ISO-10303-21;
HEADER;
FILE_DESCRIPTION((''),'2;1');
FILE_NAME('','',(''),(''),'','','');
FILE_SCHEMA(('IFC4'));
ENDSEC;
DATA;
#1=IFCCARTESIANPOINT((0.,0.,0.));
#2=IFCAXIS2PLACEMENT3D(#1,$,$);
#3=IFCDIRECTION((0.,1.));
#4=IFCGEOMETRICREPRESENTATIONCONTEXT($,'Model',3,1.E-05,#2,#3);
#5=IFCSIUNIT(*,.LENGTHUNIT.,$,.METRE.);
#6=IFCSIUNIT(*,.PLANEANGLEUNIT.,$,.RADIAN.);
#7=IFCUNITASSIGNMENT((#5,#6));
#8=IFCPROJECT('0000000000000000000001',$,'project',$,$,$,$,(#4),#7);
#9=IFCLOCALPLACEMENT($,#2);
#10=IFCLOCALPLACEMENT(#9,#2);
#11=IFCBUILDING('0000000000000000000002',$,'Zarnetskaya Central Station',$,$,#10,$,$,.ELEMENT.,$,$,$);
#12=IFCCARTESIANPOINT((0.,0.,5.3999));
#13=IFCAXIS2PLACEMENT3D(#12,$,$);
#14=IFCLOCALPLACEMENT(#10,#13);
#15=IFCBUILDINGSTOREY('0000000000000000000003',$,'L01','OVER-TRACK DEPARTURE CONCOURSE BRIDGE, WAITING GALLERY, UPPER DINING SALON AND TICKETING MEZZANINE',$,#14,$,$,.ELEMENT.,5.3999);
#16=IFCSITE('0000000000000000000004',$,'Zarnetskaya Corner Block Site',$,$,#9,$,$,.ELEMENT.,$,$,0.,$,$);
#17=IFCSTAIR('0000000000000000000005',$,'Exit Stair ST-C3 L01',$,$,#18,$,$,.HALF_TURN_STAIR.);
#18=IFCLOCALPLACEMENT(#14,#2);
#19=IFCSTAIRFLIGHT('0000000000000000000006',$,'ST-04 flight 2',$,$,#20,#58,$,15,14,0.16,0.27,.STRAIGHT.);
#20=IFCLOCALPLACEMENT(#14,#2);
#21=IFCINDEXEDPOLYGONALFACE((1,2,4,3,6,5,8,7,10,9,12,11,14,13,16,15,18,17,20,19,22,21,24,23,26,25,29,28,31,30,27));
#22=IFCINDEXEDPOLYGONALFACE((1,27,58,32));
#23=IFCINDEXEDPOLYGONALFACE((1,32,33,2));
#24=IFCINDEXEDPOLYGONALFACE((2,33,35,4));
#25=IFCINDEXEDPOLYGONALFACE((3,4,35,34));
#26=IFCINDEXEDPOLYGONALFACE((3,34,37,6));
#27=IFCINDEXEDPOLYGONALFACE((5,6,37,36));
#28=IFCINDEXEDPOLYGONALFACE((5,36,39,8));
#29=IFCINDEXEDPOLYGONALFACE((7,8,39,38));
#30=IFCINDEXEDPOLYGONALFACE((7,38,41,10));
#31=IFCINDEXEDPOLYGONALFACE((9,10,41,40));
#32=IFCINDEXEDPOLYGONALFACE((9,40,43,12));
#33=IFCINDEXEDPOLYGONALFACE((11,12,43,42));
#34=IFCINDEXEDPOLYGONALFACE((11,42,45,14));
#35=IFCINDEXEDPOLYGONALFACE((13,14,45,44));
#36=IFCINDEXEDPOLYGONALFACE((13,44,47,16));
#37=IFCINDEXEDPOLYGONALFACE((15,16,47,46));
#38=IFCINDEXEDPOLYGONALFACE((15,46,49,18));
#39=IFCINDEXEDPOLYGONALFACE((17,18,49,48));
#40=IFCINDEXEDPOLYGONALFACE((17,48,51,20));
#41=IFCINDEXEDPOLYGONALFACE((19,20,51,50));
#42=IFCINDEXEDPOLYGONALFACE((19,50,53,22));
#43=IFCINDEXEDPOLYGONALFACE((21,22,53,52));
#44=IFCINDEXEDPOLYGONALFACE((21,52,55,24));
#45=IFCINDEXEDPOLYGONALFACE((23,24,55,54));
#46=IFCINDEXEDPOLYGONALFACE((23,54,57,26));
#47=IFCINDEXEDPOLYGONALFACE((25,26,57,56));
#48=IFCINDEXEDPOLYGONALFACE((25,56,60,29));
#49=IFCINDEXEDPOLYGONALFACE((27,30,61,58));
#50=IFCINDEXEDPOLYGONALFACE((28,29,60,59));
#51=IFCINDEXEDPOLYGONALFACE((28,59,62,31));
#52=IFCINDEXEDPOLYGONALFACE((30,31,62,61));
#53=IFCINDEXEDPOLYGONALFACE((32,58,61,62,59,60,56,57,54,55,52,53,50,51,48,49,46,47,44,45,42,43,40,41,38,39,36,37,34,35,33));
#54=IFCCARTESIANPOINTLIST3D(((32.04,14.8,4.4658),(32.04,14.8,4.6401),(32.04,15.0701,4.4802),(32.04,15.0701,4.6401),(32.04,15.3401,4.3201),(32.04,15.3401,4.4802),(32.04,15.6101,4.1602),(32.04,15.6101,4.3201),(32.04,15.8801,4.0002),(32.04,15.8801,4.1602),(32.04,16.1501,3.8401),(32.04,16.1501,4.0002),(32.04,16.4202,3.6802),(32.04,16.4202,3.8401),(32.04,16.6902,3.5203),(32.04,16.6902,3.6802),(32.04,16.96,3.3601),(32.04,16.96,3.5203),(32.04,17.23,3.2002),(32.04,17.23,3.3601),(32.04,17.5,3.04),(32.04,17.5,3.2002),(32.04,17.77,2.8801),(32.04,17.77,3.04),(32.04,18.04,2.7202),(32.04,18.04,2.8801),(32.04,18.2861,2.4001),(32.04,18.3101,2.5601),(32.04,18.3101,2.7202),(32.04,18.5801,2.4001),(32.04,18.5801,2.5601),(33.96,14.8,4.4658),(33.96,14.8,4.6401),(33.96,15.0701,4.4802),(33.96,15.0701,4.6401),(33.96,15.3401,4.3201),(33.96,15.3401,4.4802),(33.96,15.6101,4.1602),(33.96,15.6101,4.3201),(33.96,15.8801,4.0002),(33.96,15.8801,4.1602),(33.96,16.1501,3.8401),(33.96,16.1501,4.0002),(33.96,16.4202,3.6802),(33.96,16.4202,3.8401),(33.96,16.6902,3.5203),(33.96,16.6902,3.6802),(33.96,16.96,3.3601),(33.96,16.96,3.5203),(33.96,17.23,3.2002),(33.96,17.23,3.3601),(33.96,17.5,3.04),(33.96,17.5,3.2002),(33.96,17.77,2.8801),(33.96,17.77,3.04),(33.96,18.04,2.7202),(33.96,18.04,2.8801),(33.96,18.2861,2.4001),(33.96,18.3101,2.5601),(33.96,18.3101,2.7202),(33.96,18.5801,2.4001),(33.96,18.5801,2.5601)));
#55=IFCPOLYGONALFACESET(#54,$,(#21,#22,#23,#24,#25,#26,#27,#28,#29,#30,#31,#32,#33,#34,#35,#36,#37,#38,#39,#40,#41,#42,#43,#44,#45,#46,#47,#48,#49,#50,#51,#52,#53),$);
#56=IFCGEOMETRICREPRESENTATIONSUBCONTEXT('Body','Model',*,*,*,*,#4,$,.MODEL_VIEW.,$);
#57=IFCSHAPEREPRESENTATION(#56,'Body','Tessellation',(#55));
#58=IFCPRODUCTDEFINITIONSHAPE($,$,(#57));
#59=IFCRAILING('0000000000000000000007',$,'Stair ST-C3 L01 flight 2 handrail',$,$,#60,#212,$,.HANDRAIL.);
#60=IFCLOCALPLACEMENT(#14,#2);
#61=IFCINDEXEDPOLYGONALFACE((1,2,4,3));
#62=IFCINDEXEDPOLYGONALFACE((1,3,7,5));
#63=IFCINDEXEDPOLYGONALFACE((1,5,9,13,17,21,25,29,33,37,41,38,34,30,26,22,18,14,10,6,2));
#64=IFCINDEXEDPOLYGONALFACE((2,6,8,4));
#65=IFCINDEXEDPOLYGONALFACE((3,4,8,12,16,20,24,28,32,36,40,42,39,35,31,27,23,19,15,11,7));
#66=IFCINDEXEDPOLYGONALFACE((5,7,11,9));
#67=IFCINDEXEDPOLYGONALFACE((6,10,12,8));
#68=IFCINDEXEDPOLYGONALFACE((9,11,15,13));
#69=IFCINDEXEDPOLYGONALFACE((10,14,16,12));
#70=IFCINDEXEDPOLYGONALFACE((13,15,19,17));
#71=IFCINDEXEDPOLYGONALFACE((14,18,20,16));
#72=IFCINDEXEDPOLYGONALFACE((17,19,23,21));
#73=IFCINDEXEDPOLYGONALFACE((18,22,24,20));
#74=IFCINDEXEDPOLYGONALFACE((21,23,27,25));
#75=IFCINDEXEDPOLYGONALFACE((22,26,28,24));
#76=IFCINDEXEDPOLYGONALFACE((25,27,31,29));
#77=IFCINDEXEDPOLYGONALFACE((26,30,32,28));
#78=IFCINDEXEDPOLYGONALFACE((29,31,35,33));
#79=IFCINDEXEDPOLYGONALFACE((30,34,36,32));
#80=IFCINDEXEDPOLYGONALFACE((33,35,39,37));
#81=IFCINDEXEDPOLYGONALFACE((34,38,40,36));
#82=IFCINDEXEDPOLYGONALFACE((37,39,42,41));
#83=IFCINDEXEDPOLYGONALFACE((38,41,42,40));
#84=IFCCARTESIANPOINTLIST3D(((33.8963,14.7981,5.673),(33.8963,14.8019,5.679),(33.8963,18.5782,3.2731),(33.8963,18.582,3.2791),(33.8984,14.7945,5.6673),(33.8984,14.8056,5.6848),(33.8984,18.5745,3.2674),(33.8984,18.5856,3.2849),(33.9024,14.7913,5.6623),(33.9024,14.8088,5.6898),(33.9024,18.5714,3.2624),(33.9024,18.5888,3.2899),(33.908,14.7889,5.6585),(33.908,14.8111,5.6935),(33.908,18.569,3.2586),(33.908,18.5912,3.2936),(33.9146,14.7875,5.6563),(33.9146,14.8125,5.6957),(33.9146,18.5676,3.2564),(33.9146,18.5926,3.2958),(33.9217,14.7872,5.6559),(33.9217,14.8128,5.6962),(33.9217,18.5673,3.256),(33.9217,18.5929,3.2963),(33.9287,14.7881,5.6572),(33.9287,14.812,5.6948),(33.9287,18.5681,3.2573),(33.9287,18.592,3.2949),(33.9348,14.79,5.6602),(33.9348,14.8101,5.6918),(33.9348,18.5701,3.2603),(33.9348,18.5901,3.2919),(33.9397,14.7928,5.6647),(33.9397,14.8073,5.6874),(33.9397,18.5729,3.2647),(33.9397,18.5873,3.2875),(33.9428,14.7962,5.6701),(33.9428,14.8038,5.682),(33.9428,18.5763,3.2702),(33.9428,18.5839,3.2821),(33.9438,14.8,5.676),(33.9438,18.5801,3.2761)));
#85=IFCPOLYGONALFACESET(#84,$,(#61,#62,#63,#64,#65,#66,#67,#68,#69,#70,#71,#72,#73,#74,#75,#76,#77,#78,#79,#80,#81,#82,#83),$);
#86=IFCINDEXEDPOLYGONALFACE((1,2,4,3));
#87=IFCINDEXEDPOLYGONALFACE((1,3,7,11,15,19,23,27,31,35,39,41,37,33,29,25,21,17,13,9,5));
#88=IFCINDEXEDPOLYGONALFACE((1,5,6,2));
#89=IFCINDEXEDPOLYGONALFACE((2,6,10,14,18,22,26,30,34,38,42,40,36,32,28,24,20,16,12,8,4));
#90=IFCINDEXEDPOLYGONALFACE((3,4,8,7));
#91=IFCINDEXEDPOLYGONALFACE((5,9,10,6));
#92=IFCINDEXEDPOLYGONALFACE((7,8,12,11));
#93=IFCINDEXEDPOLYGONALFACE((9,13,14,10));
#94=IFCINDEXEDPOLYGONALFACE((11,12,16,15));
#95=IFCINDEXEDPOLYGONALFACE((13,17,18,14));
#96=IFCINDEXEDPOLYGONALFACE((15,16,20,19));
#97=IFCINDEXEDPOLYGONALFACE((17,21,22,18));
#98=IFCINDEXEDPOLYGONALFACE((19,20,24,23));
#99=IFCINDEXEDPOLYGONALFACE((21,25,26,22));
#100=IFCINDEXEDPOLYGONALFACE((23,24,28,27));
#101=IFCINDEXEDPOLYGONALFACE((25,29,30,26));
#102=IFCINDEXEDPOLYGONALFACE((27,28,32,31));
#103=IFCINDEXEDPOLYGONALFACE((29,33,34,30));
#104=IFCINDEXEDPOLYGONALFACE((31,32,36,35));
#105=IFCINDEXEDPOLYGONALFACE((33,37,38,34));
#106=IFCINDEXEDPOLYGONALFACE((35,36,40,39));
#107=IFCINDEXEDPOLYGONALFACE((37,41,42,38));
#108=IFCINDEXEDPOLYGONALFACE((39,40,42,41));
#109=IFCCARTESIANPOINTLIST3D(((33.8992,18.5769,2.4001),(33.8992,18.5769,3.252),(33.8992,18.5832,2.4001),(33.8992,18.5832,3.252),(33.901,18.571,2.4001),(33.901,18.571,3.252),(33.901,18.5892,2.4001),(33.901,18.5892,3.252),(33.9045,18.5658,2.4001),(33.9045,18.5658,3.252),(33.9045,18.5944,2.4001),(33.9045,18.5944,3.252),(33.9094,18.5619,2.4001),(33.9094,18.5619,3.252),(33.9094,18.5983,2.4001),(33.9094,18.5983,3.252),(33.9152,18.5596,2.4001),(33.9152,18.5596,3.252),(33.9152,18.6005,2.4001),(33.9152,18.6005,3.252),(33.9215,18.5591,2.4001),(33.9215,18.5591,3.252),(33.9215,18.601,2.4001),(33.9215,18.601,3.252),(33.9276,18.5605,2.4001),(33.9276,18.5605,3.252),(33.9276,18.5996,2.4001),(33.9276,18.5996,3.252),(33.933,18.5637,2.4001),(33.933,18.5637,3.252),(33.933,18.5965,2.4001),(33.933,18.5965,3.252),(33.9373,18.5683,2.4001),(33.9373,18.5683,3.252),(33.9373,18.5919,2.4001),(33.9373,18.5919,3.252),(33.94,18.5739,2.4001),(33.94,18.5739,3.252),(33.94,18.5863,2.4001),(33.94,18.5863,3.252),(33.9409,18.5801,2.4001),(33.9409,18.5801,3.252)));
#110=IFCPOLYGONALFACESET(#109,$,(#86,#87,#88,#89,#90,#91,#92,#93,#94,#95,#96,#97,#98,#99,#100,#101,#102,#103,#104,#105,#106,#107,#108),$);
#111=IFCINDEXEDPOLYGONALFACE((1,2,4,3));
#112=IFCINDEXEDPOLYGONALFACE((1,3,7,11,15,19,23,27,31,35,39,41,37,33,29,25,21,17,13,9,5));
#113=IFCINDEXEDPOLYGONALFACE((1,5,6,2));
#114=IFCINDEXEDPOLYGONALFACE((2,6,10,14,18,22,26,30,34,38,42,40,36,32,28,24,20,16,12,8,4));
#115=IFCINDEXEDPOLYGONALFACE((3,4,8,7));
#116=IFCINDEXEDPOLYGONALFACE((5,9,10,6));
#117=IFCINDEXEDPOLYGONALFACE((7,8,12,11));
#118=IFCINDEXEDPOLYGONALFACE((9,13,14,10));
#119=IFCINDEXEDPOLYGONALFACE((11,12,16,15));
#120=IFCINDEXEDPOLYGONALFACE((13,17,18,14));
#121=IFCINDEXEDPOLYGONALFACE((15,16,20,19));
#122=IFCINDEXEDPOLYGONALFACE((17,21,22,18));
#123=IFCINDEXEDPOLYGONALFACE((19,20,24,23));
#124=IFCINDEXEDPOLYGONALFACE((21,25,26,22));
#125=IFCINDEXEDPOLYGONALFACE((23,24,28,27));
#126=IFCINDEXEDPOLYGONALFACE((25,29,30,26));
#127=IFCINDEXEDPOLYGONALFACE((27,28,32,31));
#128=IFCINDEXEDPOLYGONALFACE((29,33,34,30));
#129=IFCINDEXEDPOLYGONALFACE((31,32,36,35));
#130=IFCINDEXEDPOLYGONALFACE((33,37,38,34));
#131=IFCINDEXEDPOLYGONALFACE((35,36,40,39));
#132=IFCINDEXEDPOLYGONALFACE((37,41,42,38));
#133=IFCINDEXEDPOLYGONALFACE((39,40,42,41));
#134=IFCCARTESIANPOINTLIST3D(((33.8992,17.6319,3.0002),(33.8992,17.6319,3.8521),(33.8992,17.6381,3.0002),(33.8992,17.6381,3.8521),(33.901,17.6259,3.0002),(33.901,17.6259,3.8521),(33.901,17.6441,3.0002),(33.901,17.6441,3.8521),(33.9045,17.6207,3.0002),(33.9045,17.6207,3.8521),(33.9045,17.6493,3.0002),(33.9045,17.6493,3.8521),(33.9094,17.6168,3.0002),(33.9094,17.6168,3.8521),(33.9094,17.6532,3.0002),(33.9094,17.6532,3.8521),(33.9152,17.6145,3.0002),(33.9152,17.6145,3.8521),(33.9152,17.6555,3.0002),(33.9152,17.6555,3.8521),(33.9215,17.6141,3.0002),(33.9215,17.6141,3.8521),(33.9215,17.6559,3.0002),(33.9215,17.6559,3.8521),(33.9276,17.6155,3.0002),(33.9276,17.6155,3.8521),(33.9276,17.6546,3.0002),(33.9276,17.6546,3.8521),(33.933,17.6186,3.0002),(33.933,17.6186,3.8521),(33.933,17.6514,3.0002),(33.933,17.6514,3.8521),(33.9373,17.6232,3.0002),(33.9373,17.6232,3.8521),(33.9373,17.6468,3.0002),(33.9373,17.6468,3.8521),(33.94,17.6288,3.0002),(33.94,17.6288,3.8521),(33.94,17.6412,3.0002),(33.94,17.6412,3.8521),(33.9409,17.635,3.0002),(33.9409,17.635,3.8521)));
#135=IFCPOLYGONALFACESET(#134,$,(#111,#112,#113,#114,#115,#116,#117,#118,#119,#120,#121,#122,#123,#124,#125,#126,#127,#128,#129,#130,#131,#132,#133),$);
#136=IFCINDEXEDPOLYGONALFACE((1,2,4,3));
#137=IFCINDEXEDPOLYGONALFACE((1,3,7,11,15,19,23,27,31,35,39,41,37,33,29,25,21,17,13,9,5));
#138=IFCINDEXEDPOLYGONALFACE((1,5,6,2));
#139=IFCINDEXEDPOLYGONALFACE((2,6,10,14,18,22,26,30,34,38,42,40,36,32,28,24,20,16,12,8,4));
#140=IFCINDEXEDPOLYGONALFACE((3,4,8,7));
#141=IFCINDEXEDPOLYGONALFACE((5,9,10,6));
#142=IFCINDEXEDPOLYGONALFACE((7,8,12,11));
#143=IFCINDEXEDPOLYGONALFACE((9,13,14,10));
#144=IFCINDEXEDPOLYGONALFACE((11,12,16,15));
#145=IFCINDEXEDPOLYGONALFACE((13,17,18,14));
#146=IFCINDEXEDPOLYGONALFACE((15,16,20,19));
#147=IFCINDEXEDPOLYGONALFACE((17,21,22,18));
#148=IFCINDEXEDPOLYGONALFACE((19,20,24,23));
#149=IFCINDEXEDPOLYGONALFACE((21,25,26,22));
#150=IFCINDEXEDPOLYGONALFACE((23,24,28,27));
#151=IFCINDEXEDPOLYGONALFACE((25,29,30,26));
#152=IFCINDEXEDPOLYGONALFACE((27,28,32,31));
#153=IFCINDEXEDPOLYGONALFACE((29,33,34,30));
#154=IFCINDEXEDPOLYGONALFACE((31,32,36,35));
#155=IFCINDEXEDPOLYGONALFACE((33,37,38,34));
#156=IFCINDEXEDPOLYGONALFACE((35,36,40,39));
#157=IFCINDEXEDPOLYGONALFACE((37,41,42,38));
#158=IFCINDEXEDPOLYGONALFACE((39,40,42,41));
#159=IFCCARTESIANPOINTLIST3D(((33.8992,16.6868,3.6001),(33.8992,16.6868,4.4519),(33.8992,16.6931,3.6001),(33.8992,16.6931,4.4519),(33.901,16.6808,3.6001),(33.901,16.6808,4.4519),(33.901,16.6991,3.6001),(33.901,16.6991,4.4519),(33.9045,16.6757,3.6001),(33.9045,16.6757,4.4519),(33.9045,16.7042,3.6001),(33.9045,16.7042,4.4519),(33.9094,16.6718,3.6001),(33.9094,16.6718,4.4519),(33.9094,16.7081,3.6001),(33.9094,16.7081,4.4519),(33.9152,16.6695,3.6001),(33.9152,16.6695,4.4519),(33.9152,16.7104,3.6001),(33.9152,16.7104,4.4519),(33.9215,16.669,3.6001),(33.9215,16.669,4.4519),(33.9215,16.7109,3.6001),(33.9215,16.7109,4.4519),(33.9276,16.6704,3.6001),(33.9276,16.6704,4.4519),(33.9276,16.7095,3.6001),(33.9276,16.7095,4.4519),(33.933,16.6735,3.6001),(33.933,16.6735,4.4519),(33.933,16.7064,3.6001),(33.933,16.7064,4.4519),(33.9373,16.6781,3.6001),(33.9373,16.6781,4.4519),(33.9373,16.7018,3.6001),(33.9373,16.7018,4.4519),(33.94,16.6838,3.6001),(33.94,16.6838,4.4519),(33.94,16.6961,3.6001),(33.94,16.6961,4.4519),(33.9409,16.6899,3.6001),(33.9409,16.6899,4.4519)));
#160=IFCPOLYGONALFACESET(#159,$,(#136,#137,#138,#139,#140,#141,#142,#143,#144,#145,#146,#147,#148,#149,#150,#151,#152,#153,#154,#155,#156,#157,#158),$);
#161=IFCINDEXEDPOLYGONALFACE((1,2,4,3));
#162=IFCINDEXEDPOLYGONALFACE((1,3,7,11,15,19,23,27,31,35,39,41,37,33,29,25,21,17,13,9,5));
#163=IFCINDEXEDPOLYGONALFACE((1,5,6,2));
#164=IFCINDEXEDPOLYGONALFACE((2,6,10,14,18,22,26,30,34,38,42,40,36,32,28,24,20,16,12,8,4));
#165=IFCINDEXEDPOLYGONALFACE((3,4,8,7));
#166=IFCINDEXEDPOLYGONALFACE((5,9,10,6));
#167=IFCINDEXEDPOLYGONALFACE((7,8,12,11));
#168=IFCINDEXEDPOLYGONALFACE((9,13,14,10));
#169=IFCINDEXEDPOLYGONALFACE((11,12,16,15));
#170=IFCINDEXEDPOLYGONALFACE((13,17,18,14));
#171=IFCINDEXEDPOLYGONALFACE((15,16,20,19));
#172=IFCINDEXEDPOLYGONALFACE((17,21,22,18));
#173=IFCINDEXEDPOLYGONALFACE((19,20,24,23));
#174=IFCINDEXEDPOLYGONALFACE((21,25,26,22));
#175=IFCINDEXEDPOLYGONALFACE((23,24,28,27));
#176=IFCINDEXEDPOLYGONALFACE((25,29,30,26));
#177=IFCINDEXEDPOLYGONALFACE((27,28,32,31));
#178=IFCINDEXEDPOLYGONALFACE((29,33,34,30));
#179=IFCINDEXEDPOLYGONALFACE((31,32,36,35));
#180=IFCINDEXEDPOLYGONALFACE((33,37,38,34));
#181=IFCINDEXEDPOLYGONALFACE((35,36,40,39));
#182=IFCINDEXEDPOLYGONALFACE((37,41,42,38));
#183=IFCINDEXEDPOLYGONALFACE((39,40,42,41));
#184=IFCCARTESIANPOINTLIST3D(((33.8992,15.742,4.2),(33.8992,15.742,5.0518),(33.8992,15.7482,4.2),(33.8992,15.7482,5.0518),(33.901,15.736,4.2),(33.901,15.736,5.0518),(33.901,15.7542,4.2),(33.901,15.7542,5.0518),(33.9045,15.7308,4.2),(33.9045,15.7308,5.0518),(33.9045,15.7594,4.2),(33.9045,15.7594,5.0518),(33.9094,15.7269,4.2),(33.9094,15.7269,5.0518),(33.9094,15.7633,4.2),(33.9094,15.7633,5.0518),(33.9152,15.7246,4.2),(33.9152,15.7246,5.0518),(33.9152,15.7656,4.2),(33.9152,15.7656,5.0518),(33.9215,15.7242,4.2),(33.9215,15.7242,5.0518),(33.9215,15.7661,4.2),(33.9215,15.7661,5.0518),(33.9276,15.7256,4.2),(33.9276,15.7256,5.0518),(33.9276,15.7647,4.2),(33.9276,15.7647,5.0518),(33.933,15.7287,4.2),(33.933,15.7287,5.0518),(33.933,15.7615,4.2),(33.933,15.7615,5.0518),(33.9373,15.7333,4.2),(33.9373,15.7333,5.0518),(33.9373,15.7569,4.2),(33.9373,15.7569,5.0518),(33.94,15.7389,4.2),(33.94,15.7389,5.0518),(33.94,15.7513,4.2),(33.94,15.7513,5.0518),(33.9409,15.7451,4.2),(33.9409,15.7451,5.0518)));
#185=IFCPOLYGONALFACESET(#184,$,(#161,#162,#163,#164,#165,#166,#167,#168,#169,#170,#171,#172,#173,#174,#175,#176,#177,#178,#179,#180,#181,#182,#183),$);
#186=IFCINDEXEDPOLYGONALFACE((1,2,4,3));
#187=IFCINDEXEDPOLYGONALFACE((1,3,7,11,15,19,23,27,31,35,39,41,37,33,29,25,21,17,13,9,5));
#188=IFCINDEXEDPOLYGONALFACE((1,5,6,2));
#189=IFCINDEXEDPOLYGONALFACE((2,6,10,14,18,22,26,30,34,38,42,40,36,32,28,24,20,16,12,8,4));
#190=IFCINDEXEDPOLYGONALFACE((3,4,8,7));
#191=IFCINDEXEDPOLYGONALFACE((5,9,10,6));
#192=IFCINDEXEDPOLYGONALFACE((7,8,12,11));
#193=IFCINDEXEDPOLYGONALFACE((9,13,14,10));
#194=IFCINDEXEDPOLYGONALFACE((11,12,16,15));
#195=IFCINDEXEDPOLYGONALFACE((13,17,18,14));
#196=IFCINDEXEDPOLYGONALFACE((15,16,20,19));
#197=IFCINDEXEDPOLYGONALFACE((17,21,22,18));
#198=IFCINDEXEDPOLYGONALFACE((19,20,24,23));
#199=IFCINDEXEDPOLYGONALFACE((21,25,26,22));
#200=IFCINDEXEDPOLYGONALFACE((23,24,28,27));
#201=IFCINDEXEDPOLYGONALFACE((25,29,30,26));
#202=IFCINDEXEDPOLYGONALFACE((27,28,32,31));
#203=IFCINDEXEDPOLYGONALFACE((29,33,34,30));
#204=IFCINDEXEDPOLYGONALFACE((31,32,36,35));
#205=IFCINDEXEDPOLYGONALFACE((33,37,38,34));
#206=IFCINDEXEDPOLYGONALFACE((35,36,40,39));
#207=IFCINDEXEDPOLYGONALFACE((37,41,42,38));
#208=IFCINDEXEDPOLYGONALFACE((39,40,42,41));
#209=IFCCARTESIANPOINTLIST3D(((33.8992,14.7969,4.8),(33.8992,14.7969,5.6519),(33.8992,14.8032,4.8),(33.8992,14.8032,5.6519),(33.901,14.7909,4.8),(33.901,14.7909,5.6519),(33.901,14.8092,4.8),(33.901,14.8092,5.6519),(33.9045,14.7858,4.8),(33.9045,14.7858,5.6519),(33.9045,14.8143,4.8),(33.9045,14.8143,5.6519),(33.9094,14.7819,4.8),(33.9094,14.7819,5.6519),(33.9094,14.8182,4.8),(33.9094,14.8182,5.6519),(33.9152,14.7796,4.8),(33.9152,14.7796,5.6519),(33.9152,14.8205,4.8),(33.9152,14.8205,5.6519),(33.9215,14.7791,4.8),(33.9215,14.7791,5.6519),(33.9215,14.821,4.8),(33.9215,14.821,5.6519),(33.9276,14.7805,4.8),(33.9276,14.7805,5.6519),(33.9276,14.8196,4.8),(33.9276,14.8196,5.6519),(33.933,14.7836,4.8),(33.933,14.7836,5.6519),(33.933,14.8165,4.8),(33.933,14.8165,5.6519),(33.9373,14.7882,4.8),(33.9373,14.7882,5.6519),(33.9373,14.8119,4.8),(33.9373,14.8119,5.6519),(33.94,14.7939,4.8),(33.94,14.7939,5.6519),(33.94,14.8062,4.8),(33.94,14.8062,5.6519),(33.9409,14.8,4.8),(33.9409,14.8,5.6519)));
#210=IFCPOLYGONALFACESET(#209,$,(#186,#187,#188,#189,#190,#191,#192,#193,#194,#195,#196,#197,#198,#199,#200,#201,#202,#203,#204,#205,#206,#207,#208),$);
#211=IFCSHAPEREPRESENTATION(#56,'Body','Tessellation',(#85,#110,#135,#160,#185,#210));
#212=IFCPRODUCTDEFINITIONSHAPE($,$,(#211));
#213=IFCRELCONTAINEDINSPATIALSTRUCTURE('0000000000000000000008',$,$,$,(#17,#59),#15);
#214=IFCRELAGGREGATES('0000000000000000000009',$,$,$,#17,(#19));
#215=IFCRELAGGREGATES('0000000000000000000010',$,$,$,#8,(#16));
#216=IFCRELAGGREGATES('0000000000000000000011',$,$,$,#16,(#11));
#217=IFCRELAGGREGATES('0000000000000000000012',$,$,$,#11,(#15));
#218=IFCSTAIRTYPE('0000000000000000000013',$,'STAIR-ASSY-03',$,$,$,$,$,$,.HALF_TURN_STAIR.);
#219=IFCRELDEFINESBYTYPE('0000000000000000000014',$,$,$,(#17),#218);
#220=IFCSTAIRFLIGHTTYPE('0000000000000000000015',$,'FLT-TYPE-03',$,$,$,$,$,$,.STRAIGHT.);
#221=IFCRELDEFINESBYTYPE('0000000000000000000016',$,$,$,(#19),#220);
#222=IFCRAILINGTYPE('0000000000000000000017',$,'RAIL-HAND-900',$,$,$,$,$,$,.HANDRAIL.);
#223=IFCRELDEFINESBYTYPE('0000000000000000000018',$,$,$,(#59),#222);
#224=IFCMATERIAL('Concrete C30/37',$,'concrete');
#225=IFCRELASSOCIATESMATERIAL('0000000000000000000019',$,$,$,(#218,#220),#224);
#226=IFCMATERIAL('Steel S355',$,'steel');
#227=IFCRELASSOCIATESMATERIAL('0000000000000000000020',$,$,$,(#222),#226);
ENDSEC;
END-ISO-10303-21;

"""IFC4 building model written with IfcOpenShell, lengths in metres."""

from ifc_helpers import new_model, si_unit, direction, frame, origin, origin_2d, place, context, subcontext, project, spatial, polyline, circle, outline, extrude, material, type_object, element, aggregate, save


model = new_model("IFC4")

# Units and contexts
model_context = context("Model", 3, precision=1e-05, world=origin(), true_north=direction((0.0, 1.0)))
body_context = subcontext(model_context, "Body", "Model", "MODEL_VIEW")
ifc_project = project(units=[si_unit("LENGTHUNIT", "METRE"), si_unit("PLANEANGLEUNIT", "RADIAN")], contexts=[model_context])

# Site, building, storey
site_placement = place(None, origin())
site = spatial("IfcSite", under=ifc_project, at=site_placement, Name="Zarnetskaya Corner Block Site", CompositionType="ELEMENT", RefElevation=0.0)
building_placement = place(site_placement, origin())
building = spatial("IfcBuilding", under=site, at=building_placement, Name="Zarnetskaya Central Station", CompositionType="ELEMENT")
storey_placement = place(building_placement, frame((0.0, 0.0, 5.3999)))
storey = spatial("IfcBuildingStorey", under=building, at=storey_placement, Name="L01", Description="OVER-TRACK DEPARTURE CONCOURSE BRIDGE, WAITING GALLERY, UPPER DINING SALON AND TICKETING MEZZANINE", CompositionType="ELEMENT", Elevation=5.3999)

# Shared definitions
ifc_material_1 = material(Name="Steel S355", Category="steel")

# Stair, stair flight
ifc_material_2 = material(Name="Concrete C30/37", Category="concrete")
stair_type = type_object("IfcStairType", Name="STAIR-ASSY-03", PredefinedType="HALF_TURN_STAIR", material=ifc_material_2)
stair_placement = place(storey_placement, origin())
stair = element("IfcStair", 1, at=stair_placement, inside=storey, type_object=stair_type, Name="Exit Stair ST-C3 L01", PredefinedType="HALF_TURN_STAIR")
stair_flight_type = type_object("IfcStairFlightType", Name="FLT-TYPE-03", PredefinedType="STRAIGHT", material=ifc_material_2)
stair_flight_placement = place(storey_placement, frame((33.0, 18.5801, 2.4001), z_axis=(0.0, 0.0, 1.0), x_axis=(0.0, -1.0, 0.0)))
stair_flight = element("IfcStairFlight", 2, at=stair_flight_placement, type_object=stair_flight_type, Name="ST-04 flight 2", NumberOfRisers=15, NumberOfTreads=14, PredefinedType="STRAIGHT", RiserHeight=0.16, TreadLength=0.27, context=body_context, shape_type="SweptSolid", body=[
    extrude(outline(polyline([(0.0, 0.0), (0.0, 0.1599), (0.27, 0.1599), (0.27, 0.3201), (0.54, 0.3201), (0.54, 0.48), (0.8101, 0.48), (0.8101, 0.6399), (1.0801, 0.6399), (1.0801, 0.8), (1.3501, 0.8), (1.3501, 0.96), (1.6201, 0.96), (1.6201, 1.1201), (1.8899, 1.1201), (1.8899, 1.28), (2.1599, 1.28), (2.1599, 1.4399), (2.4299, 1.4399), (2.4299, 1.6001), (2.7, 1.6001), (2.7, 1.76), (2.97, 1.76), (2.97, 1.9199), (3.24, 1.9199), (3.24, 2.0801), (3.51, 2.0801), (3.51, 2.24), (3.78, 2.24), (3.78, 2.3999), (3.78, 2.0657), (0.2939, 0.0), (0.0, 0.0)])), frame((0.0, 0.96, 0.0), z_axis=(0.0, -1.0, 0.0), x_axis=(1.0, 0.0, 0.0)), (0.0, 0.0, 1.0), 1.9199),
])
aggregate(stair, [stair_flight])

# Railing
railing_type_1 = type_object("IfcRailingType", Name="RAIL-HAND-900", PredefinedType="HANDRAIL", material=ifc_material_1)
railing_1_placement = place(storey_placement, frame((33.9199, 18.5801, 2.4001)))
element("IfcRailing", 3, at=railing_1_placement, inside=storey, type_object=railing_type_1, Name="Stair ST-C3 L01 flight 2 handrail", PredefinedType="HANDRAIL", context=body_context, shape_type="SweptSolid", body=[
    extrude(circle(Radius=0.0239, at=origin_2d()), frame((0.0, 0.0, 0.876), z_axis=(0.0, -0.844225, 0.53599), x_axis=(1.0, 0.0, 0.0)), (0.0, 0.0, 1.0), 4.4775),
    extrude(circle(Radius=0.021, at=origin_2d()), origin(), (0.0, 0.0, 1.0), 0.8518),
    extrude(circle(Radius=0.021, at=origin_2d()), frame((0.0, -0.9451, 0.6001)), (0.0, 0.0, 1.0), 0.8518),
    extrude(circle(Radius=0.021, at=origin_2d()), frame((0.0, -1.8901, 1.2)), (0.0, 0.0, 1.0), 0.8518),
    extrude(circle(Radius=0.021, at=origin_2d()), frame((0.0, -2.835, 1.7998)), (0.0, 0.0, 1.0), 0.8518),
    extrude(circle(Radius=0.021, at=origin_2d()), frame((0.0, -3.78, 2.3999)), (0.0, 0.0, 1.0), 0.8518),
])

save(model, "model.ifc")
